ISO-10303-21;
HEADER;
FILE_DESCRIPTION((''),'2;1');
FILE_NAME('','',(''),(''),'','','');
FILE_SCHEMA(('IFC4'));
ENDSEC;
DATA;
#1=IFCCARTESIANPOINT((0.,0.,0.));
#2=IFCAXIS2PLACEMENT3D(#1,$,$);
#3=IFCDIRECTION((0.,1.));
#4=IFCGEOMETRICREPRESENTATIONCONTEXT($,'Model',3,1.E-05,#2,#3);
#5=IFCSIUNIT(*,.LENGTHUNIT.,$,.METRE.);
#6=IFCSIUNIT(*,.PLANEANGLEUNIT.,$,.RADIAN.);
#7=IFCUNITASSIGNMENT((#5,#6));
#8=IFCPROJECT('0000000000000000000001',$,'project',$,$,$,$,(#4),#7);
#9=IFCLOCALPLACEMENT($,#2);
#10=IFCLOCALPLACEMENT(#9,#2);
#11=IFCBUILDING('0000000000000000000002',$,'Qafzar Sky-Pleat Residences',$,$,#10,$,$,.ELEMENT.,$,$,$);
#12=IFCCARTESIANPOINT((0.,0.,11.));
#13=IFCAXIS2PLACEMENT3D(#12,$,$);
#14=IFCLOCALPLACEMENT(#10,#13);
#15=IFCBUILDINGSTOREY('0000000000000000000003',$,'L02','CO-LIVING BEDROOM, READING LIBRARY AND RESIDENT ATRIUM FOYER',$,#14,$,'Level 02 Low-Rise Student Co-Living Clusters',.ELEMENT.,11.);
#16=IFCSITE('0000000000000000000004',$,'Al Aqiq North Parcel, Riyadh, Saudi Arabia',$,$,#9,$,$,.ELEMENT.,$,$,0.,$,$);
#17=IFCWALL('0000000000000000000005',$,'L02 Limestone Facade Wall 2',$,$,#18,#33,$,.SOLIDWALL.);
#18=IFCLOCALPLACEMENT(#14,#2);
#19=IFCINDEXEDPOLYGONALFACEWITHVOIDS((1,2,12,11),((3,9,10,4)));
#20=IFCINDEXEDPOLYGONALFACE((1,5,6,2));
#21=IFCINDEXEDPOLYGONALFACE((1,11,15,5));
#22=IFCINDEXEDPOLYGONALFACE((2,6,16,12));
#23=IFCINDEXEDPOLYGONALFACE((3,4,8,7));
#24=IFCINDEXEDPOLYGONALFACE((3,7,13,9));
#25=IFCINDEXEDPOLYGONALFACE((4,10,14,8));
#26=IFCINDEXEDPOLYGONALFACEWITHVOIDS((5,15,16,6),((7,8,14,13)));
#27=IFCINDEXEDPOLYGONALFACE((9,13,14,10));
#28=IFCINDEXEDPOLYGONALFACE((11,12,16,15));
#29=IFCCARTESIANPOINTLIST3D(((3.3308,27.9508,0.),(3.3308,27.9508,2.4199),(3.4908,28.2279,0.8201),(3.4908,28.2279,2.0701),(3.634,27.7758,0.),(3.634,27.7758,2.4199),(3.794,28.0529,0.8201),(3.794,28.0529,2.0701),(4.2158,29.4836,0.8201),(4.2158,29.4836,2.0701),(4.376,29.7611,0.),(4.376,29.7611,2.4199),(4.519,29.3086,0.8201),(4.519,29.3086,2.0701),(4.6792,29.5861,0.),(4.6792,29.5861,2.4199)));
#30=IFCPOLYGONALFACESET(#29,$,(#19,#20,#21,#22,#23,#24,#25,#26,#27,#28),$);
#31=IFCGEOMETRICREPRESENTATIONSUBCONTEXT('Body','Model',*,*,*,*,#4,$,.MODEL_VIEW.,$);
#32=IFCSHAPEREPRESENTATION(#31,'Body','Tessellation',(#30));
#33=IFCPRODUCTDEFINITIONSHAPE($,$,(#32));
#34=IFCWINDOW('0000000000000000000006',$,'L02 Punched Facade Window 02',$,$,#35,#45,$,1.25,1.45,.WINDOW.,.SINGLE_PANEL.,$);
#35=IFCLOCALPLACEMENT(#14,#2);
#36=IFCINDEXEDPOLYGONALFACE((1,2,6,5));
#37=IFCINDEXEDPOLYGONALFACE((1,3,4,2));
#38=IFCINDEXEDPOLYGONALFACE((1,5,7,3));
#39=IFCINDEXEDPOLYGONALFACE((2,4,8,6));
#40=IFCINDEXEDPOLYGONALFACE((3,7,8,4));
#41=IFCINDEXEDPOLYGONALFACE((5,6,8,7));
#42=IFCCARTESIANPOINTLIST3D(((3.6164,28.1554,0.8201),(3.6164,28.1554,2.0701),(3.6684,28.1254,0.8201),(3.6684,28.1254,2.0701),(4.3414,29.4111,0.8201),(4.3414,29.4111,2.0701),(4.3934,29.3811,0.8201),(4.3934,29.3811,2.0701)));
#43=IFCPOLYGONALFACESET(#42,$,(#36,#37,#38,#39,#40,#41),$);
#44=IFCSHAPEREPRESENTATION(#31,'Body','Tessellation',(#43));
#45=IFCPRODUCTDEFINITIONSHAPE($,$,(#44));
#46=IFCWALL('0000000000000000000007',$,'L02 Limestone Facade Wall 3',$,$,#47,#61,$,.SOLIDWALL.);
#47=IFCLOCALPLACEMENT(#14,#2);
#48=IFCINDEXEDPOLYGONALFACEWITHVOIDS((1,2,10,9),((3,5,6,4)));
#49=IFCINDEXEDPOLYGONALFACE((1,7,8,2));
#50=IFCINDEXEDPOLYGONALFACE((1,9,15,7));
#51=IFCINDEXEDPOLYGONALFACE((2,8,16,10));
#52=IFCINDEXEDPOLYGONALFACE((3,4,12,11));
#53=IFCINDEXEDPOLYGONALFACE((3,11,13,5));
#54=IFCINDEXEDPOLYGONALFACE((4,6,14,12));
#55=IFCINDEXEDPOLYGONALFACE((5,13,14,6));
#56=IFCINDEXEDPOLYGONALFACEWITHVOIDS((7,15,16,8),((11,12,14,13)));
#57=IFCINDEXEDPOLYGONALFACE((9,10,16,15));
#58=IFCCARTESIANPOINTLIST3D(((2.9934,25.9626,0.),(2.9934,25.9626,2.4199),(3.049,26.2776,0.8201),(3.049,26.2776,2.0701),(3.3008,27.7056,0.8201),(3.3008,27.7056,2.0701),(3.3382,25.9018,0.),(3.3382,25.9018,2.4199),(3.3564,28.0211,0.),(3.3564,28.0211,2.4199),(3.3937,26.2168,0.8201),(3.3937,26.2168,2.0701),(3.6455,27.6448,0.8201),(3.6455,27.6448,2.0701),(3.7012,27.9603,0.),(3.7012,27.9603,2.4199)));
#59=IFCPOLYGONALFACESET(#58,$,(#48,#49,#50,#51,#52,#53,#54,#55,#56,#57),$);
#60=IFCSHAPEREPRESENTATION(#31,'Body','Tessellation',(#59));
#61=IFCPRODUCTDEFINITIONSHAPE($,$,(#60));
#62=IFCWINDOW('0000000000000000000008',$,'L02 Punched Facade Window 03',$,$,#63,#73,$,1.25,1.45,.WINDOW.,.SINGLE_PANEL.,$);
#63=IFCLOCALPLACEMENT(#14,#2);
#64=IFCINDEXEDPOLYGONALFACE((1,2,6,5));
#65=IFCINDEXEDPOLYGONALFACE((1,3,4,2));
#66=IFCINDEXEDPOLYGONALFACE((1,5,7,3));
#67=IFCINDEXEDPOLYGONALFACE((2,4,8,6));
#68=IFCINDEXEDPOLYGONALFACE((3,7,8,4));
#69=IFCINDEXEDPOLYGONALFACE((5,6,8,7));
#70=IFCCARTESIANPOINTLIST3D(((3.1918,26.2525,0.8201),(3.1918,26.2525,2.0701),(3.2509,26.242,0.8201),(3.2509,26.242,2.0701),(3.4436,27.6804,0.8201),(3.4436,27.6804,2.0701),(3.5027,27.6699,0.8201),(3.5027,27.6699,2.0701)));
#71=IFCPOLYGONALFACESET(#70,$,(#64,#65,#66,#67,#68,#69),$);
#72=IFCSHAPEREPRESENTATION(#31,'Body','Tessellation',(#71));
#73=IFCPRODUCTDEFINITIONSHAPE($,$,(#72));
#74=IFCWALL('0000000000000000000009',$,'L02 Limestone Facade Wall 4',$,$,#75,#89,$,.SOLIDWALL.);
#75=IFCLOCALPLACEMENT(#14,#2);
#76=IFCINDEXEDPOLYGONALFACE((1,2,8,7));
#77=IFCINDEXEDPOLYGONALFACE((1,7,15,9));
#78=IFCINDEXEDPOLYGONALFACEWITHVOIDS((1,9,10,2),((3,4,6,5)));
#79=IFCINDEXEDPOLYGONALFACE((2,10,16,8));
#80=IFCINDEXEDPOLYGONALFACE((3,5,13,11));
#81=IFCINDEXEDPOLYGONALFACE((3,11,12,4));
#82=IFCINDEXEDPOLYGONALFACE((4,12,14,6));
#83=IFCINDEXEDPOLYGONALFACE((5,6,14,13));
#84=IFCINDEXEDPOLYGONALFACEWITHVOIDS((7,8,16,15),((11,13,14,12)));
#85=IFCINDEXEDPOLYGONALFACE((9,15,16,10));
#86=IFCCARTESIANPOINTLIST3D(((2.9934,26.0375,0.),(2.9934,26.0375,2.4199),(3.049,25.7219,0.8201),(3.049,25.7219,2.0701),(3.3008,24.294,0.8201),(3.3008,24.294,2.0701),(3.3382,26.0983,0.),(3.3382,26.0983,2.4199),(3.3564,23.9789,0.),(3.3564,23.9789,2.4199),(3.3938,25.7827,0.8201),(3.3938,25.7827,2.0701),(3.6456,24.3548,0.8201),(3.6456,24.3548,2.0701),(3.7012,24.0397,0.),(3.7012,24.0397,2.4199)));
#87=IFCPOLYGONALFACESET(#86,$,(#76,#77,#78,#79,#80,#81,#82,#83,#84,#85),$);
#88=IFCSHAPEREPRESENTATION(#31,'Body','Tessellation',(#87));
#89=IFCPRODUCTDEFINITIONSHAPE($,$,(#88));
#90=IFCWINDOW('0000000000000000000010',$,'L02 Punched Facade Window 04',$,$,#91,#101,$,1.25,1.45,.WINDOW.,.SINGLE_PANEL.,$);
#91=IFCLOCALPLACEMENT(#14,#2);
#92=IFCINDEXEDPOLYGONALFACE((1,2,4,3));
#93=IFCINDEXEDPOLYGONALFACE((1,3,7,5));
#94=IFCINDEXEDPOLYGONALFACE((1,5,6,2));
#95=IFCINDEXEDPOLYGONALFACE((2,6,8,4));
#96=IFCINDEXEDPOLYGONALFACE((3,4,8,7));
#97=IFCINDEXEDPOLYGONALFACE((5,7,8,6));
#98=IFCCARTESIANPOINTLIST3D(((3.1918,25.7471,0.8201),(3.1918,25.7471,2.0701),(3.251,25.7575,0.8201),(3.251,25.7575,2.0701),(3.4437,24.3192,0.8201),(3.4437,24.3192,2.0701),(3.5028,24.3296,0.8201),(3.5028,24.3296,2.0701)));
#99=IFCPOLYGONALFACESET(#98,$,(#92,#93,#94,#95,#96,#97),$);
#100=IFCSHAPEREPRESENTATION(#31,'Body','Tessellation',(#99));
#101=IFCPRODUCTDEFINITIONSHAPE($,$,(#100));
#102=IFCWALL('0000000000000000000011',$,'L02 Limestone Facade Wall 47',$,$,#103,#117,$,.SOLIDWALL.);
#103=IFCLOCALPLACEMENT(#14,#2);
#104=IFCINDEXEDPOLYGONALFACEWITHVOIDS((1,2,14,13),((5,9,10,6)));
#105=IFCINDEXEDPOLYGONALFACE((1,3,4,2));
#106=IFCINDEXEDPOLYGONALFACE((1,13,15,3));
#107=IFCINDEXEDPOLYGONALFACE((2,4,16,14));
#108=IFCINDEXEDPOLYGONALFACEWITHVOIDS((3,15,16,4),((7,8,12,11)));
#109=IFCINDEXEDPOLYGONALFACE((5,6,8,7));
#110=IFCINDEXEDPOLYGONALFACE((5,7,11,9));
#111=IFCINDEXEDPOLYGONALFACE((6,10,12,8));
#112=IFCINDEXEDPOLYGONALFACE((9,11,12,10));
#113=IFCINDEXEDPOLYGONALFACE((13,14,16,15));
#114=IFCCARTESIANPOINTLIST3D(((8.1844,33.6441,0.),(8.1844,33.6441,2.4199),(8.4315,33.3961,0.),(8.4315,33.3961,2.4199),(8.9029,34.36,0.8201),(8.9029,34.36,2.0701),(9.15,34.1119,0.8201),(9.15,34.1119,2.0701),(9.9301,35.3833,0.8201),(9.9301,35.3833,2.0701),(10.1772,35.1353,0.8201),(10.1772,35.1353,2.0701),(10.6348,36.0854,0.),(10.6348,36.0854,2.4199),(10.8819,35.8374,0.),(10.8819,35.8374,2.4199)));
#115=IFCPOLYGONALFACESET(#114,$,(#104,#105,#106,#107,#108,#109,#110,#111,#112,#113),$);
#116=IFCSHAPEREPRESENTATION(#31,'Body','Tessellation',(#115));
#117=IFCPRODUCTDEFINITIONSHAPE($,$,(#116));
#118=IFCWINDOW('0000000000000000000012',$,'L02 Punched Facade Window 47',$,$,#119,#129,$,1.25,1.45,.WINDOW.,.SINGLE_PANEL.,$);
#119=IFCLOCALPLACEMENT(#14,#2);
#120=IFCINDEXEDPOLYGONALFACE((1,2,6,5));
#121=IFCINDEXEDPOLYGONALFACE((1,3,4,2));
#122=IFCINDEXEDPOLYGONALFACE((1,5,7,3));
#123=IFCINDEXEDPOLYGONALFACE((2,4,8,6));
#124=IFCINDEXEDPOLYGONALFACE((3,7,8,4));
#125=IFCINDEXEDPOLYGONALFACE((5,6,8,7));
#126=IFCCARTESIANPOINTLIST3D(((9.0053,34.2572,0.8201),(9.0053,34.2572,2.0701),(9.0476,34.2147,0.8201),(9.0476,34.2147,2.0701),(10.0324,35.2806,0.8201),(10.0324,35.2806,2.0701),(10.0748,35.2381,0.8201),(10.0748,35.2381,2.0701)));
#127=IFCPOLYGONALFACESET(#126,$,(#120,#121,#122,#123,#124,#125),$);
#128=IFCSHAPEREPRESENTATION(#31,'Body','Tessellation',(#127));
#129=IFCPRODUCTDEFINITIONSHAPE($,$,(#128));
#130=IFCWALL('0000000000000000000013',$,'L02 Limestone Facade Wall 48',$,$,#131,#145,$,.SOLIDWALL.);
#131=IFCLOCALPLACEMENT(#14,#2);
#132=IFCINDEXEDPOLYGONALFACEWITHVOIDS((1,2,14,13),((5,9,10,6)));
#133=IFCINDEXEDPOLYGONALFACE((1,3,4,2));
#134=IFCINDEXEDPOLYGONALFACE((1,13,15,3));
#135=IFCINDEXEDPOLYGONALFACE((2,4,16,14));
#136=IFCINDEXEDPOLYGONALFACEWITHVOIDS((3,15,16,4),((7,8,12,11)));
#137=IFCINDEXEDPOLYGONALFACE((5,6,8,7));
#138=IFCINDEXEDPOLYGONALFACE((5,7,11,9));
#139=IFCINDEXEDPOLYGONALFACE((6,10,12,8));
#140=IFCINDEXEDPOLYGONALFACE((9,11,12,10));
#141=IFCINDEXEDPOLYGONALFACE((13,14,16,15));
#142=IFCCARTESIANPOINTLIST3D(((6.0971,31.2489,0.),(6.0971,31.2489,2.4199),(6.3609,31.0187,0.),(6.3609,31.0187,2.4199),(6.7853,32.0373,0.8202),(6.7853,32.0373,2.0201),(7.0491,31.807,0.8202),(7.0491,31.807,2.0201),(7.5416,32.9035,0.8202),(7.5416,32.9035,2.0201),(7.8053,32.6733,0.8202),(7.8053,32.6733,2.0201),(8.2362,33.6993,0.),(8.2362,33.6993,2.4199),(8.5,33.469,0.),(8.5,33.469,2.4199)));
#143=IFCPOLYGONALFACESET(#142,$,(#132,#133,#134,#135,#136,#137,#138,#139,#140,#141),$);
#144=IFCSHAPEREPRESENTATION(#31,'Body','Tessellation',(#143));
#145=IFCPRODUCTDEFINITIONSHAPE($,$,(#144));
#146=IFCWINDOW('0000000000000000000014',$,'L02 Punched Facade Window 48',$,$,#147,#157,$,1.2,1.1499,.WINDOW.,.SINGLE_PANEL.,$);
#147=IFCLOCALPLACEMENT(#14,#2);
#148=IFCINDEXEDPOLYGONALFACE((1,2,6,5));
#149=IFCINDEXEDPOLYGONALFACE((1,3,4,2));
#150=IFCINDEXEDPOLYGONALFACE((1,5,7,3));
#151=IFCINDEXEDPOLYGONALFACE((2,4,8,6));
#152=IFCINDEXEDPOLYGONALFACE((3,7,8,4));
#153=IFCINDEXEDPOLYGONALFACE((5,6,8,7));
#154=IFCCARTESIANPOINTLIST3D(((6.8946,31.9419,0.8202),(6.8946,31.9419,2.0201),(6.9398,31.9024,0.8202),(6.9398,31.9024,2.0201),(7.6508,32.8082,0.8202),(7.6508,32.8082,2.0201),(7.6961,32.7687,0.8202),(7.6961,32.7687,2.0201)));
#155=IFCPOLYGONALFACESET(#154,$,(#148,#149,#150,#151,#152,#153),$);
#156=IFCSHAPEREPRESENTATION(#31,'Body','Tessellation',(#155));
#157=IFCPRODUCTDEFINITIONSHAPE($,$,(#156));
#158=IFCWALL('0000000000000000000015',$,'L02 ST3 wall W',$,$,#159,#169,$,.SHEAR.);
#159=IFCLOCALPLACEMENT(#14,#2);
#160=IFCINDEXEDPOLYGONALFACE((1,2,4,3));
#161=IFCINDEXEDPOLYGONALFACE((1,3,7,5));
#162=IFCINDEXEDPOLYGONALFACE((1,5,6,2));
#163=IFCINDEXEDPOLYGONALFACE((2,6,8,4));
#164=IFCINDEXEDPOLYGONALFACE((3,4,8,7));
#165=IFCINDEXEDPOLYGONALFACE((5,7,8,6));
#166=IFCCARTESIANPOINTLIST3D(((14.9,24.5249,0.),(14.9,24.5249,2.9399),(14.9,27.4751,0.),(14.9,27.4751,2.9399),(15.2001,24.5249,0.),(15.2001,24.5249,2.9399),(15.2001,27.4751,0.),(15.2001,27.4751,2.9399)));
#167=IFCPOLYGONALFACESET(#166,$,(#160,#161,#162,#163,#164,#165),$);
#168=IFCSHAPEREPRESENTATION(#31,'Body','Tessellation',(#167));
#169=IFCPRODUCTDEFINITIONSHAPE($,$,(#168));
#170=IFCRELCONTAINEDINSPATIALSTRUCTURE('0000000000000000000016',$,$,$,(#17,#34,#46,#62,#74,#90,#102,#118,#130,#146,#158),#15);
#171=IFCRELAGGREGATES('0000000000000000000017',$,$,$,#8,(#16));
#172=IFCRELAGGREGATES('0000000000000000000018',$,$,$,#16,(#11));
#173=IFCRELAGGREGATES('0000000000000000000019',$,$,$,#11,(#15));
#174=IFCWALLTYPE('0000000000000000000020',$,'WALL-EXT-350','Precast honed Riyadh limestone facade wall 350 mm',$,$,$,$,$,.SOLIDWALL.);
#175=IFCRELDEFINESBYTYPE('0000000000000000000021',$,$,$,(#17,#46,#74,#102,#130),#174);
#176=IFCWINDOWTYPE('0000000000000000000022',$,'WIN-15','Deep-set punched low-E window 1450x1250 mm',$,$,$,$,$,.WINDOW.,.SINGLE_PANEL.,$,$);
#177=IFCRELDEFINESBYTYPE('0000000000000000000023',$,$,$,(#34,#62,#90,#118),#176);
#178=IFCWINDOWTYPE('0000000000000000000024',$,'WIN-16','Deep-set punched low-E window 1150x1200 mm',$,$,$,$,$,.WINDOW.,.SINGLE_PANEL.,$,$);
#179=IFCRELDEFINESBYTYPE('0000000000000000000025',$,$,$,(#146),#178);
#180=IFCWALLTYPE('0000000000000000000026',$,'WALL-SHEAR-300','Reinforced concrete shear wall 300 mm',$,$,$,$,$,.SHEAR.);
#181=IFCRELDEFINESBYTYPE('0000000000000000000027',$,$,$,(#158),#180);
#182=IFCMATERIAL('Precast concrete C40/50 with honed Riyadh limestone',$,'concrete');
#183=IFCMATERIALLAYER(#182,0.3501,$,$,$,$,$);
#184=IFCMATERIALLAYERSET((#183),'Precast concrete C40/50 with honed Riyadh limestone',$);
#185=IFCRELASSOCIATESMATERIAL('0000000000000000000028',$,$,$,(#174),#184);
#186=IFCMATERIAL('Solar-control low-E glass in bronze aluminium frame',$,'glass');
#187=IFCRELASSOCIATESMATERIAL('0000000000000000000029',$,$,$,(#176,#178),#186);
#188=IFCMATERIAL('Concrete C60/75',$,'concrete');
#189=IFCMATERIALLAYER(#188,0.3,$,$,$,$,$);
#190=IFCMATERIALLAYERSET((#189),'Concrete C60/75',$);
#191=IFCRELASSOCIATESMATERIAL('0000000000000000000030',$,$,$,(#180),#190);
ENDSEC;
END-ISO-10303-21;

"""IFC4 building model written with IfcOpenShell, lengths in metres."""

from ifc_helpers import new_model, si_unit, direction, frame, frame_2d, origin, place, context, subcontext, project, spatial, rectangle, extrude, source, transform, mapped, material, layer, layer_set, type_object, element, fill, save


model = new_model("IFC4")

# Units and contexts
model_context = context("Model", 3, precision=1e-05, world=origin(), true_north=direction((0.0, 1.0)))
body_context = subcontext(model_context, "Body", "Model", "MODEL_VIEW")
ifc_project = project(units=[si_unit("LENGTHUNIT", "METRE"), si_unit("PLANEANGLEUNIT", "RADIAN")], contexts=[model_context])

# Site, building, storey
site_placement = place(None, origin())
site = spatial("IfcSite", under=ifc_project, at=site_placement, Name="Al Aqiq North Parcel, Riyadh, Saudi Arabia", CompositionType="ELEMENT", RefElevation=0.0)
building_placement = place(site_placement, origin())
building = spatial("IfcBuilding", under=site, at=building_placement, Name="Qafzar Sky-Pleat Residences", CompositionType="ELEMENT")
storey_placement = place(building_placement, frame((0.0, 0.0, 11.0)))
storey = spatial("IfcBuildingStorey", under=building, at=storey_placement, Name="L02", Description="CO-LIVING BEDROOM, READING LIBRARY AND RESIDENT ATRIUM FOYER", LongName="Level 02 Low-Rise Student Co-Living Clusters", CompositionType="ELEMENT", Elevation=11.0)

# Shared definitions
ifc_material_1 = material(Name="Concrete C60/75", Category="concrete")

# Walls, openings, windows
ifc_material_2 = material(Name="Precast concrete C40/50 with honed Riyadh limestone", Category="concrete")
ifc_layer_1 = layer(ifc_material_2, 0.3501)
ifc_layer_set_1 = layer_set([ifc_layer_1], Name="Precast concrete C40/50 with honed Riyadh limestone")
wall_type_1 = type_object("IfcWallType", Name="WALL-EXT-350", Description="Precast honed Riyadh limestone facade wall 350 mm", PredefinedType="SOLIDWALL", material=ifc_layer_set_1)
ifc_material_3 = material(Name="Solar-control low-E glass in bronze aluminium frame", Category="glass")
wall_1_placement = place(storey_placement, frame((4.5276, 29.6736, 0.0), z_axis=(0.0, 0.0, 1.0), x_axis=(-0.499995, -0.866028, 0.0)))
wall_1 = element("IfcWall", 1, at=wall_1_placement, inside=storey, type_object=wall_type_1, Name="L02 Limestone Facade Wall 2", PredefinedType="SOLIDWALL", context=body_context, shape_type="SweptSolid", body=[
    extrude(rectangle(XDim=2.0903, YDim=0.3501, at=frame_2d((1.0452, 0.0))), origin(), (0.0, 0.0, 1.0), 2.4199),
])
opening_1_placement = place(wall_1_placement, frame((0.3203, 0.0, 0.8201)))
opening_1 = element("IfcOpeningElement", 2, at=opening_1_placement, cuts=wall_1, PredefinedType="OPENING", context=body_context, shape_type="SweptSolid", body=[
    extrude(rectangle(XDim=1.45, YDim=1.25, at=frame_2d((0.7251, 0.625))), frame((0.0, 0.1851, 0.0), z_axis=(0.0, -1.0, 0.0), x_axis=(1.0, 0.0, 0.0)), (0.0, 0.0, 1.0), 0.3701),
])
window_type_1 = type_object("IfcWindowType", Name="WIN-15", Description="Deep-set punched low-E window 1450x1250 mm", PartitioningType="SINGLE_PANEL", PredefinedType="WINDOW", material=ifc_material_3)
shared_shape_1 = source(origin(), body_context, "Body", "SweptSolid", [
    extrude(rectangle(XDim=1.45, YDim=1.25, at=frame_2d((0.7251, 0.625))), frame((0.0, 0.03, 0.0), z_axis=(0.0, -1.0, 0.0), x_axis=(1.0, 0.0, 0.0)), (0.0, 0.0, 1.0), 0.0601),
])
window_1_placement = place(opening_1_placement, origin())
window_1 = element("IfcWindow", 3, at=window_1_placement, inside=storey, type_object=window_type_1, Name="L02 Punched Facade Window 02", OverallHeight=1.25, OverallWidth=1.45, PartitioningType="SINGLE_PANEL", PredefinedType="WINDOW", context=body_context, shape_type="MappedRepresentation", body=[
    mapped(shared_shape_1, transform((0.0, 0.0, 0.0), x_axis=(1.0, 0.0, 0.0), y_axis=(0.0, 1.0, 0.0), z_axis=(0.0, 0.0, 1.0), scale=1.0)),
])
fill(opening_1, window_1)
wall_2_placement = place(storey_placement, frame((3.5288, 27.9907, 0.0), z_axis=(0.0, 0.0, 1.0), x_axis=(-0.173672, -0.984804, 0.0)))
wall_2 = element("IfcWall", 4, at=wall_2_placement, inside=storey, type_object=wall_type_1, Name="L02 Limestone Facade Wall 3", PredefinedType="SOLIDWALL", context=body_context, shape_type="SweptSolid", body=[
    extrude(rectangle(XDim=2.0903, YDim=0.3501, at=frame_2d((1.0452, 0.0))), origin(), (0.0, 0.0, 1.0), 2.4199),
])
opening_2_placement = place(wall_2_placement, frame((0.3203, 0.0, 0.8201)))
opening_2 = element("IfcOpeningElement", 5, at=opening_2_placement, cuts=wall_2, PredefinedType="OPENING", context=body_context, shape_type="SweptSolid", body=[
    extrude(rectangle(XDim=1.45, YDim=1.25, at=frame_2d((0.7251, 0.625))), frame((0.0, 0.1851, 0.0), z_axis=(0.0, -1.0, 0.0), x_axis=(1.0, 0.0, 0.0)), (0.0, 0.0, 1.0), 0.3701),
])
window_2_placement = place(opening_2_placement, origin())
window_2 = element("IfcWindow", 6, at=window_2_placement, inside=storey, type_object=window_type_1, Name="L02 Punched Facade Window 03", OverallHeight=1.25, OverallWidth=1.45, PartitioningType="SINGLE_PANEL", PredefinedType="WINDOW", context=body_context, shape_type="MappedRepresentation", body=[
    mapped(shared_shape_1, transform((0.0, 0.0, 0.0), x_axis=(1.0, 0.0, 0.0), y_axis=(0.0, 1.0, 0.0), z_axis=(0.0, 0.0, 1.0), scale=1.0)),
])
fill(opening_2, window_2)
wall_3_placement = place(storey_placement, frame((3.1658, 26.0679, 0.0), z_axis=(0.0, 0.0, 1.0), x_axis=(0.173672, -0.984804, 0.0)))
wall_3 = element("IfcWall", 7, at=wall_3_placement, inside=storey, type_object=wall_type_1, Name="L02 Limestone Facade Wall 4", PredefinedType="SOLIDWALL", context=body_context, shape_type="SweptSolid", body=[
    extrude(rectangle(XDim=2.0903, YDim=0.3501, at=frame_2d((1.0452, 0.0))), origin(), (0.0, 0.0, 1.0), 2.4199),
])
opening_3_placement = place(wall_3_placement, frame((0.3203, 0.0, 0.8201)))
opening_3 = element("IfcOpeningElement", 8, at=opening_3_placement, cuts=wall_3, PredefinedType="OPENING", context=body_context, shape_type="SweptSolid", body=[
    extrude(rectangle(XDim=1.45, YDim=1.25, at=frame_2d((0.7251, 0.625))), frame((0.0, 0.1851, 0.0), z_axis=(0.0, -1.0, 0.0), x_axis=(1.0, 0.0, 0.0)), (0.0, 0.0, 1.0), 0.3701),
])
window_3_placement = place(opening_3_placement, origin())
window_3 = element("IfcWindow", 9, at=window_3_placement, inside=storey, type_object=window_type_1, Name="L02 Punched Facade Window 04", OverallHeight=1.25, OverallWidth=1.45, PartitioningType="SINGLE_PANEL", PredefinedType="WINDOW", context=body_context, shape_type="MappedRepresentation", body=[
    mapped(shared_shape_1, transform((0.0, 0.0, 0.0), x_axis=(1.0, 0.0, 0.0), y_axis=(0.0, 1.0, 0.0), z_axis=(0.0, 0.0, 1.0), scale=1.0)),
])
fill(opening_3, window_3)
wall_4_placement = place(storey_placement, frame((10.7583, 35.9614, 0.0), z_axis=(0.0, 0.0, 1.0), x_axis=(-0.708411, -0.7058, 0.0)))
wall_4 = element("IfcWall", 10, at=wall_4_placement, inside=storey, type_object=wall_type_1, Name="L02 Limestone Facade Wall 47", PredefinedType="SOLIDWALL", context=body_context, shape_type="SweptSolid", body=[
    extrude(rectangle(XDim=3.459, YDim=0.3501, at=frame_2d((1.7295, 0.0))), origin(), (0.0, 0.0, 1.0), 2.4199),
])
opening_4_placement = place(wall_4_placement, frame((0.9946, 0.0, 0.8201)))
opening_4 = element("IfcOpeningElement", 11, at=opening_4_placement, cuts=wall_4, PredefinedType="OPENING", context=body_context, shape_type="SweptSolid", body=[
    extrude(rectangle(XDim=1.45, YDim=1.25, at=frame_2d((0.7251, 0.625))), frame((0.0, 0.1851, 0.0), z_axis=(0.0, -1.0, 0.0), x_axis=(1.0, 0.0, 0.0)), (0.0, 0.0, 1.0), 0.3701),
])
window_4_placement = place(opening_4_placement, origin())
window_4 = element("IfcWindow", 12, at=window_4_placement, inside=storey, type_object=window_type_1, Name="L02 Punched Facade Window 47", OverallHeight=1.25, OverallWidth=1.45, PartitioningType="SINGLE_PANEL", PredefinedType="WINDOW", context=body_context, shape_type="MappedRepresentation", body=[
    mapped(shared_shape_1, transform((0.0, 0.0, 0.0), x_axis=(1.0, 0.0, 0.0), y_axis=(0.0, 1.0, 0.0), z_axis=(0.0, 0.0, 1.0), scale=1.0)),
])
fill(opening_4, window_4)
wall_5_placement = place(storey_placement, frame((8.3682, 33.5842, 0.0), z_axis=(0.0, 0.0, 1.0), x_axis=(-0.657638, -0.753334, 0.0)))
wall_5 = element("IfcWall", 13, at=wall_5_placement, inside=storey, type_object=wall_type_1, Name="L02 Limestone Facade Wall 48", PredefinedType="SOLIDWALL", context=body_context, shape_type="SweptSolid", body=[
    extrude(rectangle(XDim=3.2527, YDim=0.3501, at=frame_2d((1.6265, 0.0))), origin(), (0.0, 0.0, 1.0), 2.4199),
])
opening_5_placement = place(wall_5_placement, frame((1.0564, 0.0, 0.8201)))
opening_5 = element("IfcOpeningElement", 14, at=opening_5_placement, cuts=wall_5, PredefinedType="OPENING", context=body_context, shape_type="SweptSolid", body=[
    extrude(rectangle(XDim=1.1499, YDim=1.2, at=frame_2d((0.575, 0.6001))), frame((0.0, 0.1851, 0.0), z_axis=(0.0, -1.0, 0.0), x_axis=(1.0, 0.0, 0.0)), (0.0, 0.0, 1.0), 0.3701),
])
window_type_2 = type_object("IfcWindowType", Name="WIN-16", Description="Deep-set punched low-E window 1150x1200 mm", PartitioningType="SINGLE_PANEL", PredefinedType="WINDOW", material=ifc_material_3)
shared_shape_2 = source(origin(), body_context, "Body", "SweptSolid", [
    extrude(rectangle(XDim=1.1499, YDim=1.2, at=frame_2d((0.575, 0.6001))), frame((0.0, 0.03, 0.0), z_axis=(0.0, -1.0, 0.0), x_axis=(1.0, 0.0, 0.0)), (0.0, 0.0, 1.0), 0.0601),
])
window_5_placement = place(opening_5_placement, origin())
window_5 = element("IfcWindow", 15, at=window_5_placement, inside=storey, type_object=window_type_2, Name="L02 Punched Facade Window 48", OverallHeight=1.2, OverallWidth=1.1499, PartitioningType="SINGLE_PANEL", PredefinedType="WINDOW", context=body_context, shape_type="MappedRepresentation", body=[
    mapped(shared_shape_2, transform((0.0, 0.0, 0.0), x_axis=(1.0, 0.0, 0.0), y_axis=(0.0, 1.0, 0.0), z_axis=(0.0, 0.0, 1.0), scale=1.0)),
])
fill(opening_5, window_5)

# Wall
ifc_layer_2 = layer(ifc_material_1, 0.3)
ifc_layer_set_2 = layer_set([ifc_layer_2], Name="Concrete C60/75")
wall_type_2 = type_object("IfcWallType", Name="WALL-SHEAR-300", Description="Reinforced concrete shear wall 300 mm", PredefinedType="SHEAR", material=ifc_layer_set_2)
wall_6_placement = place(storey_placement, frame((15.05, 27.4751, 0.0), z_axis=(0.0, 0.0, 1.0), x_axis=(0.0, -1.0, 0.0)))
element("IfcWall", 16, at=wall_6_placement, inside=storey, type_object=wall_type_2, Name="L02 ST3 wall W", PredefinedType="SHEAR", context=body_context, shape_type="SweptSolid", body=[
    extrude(rectangle(XDim=2.9502, YDim=0.3, at=frame_2d((1.4751, 0.0))), origin(), (0.0, 0.0, 1.0), 2.9399),
])

save(model, "model.ifc")
